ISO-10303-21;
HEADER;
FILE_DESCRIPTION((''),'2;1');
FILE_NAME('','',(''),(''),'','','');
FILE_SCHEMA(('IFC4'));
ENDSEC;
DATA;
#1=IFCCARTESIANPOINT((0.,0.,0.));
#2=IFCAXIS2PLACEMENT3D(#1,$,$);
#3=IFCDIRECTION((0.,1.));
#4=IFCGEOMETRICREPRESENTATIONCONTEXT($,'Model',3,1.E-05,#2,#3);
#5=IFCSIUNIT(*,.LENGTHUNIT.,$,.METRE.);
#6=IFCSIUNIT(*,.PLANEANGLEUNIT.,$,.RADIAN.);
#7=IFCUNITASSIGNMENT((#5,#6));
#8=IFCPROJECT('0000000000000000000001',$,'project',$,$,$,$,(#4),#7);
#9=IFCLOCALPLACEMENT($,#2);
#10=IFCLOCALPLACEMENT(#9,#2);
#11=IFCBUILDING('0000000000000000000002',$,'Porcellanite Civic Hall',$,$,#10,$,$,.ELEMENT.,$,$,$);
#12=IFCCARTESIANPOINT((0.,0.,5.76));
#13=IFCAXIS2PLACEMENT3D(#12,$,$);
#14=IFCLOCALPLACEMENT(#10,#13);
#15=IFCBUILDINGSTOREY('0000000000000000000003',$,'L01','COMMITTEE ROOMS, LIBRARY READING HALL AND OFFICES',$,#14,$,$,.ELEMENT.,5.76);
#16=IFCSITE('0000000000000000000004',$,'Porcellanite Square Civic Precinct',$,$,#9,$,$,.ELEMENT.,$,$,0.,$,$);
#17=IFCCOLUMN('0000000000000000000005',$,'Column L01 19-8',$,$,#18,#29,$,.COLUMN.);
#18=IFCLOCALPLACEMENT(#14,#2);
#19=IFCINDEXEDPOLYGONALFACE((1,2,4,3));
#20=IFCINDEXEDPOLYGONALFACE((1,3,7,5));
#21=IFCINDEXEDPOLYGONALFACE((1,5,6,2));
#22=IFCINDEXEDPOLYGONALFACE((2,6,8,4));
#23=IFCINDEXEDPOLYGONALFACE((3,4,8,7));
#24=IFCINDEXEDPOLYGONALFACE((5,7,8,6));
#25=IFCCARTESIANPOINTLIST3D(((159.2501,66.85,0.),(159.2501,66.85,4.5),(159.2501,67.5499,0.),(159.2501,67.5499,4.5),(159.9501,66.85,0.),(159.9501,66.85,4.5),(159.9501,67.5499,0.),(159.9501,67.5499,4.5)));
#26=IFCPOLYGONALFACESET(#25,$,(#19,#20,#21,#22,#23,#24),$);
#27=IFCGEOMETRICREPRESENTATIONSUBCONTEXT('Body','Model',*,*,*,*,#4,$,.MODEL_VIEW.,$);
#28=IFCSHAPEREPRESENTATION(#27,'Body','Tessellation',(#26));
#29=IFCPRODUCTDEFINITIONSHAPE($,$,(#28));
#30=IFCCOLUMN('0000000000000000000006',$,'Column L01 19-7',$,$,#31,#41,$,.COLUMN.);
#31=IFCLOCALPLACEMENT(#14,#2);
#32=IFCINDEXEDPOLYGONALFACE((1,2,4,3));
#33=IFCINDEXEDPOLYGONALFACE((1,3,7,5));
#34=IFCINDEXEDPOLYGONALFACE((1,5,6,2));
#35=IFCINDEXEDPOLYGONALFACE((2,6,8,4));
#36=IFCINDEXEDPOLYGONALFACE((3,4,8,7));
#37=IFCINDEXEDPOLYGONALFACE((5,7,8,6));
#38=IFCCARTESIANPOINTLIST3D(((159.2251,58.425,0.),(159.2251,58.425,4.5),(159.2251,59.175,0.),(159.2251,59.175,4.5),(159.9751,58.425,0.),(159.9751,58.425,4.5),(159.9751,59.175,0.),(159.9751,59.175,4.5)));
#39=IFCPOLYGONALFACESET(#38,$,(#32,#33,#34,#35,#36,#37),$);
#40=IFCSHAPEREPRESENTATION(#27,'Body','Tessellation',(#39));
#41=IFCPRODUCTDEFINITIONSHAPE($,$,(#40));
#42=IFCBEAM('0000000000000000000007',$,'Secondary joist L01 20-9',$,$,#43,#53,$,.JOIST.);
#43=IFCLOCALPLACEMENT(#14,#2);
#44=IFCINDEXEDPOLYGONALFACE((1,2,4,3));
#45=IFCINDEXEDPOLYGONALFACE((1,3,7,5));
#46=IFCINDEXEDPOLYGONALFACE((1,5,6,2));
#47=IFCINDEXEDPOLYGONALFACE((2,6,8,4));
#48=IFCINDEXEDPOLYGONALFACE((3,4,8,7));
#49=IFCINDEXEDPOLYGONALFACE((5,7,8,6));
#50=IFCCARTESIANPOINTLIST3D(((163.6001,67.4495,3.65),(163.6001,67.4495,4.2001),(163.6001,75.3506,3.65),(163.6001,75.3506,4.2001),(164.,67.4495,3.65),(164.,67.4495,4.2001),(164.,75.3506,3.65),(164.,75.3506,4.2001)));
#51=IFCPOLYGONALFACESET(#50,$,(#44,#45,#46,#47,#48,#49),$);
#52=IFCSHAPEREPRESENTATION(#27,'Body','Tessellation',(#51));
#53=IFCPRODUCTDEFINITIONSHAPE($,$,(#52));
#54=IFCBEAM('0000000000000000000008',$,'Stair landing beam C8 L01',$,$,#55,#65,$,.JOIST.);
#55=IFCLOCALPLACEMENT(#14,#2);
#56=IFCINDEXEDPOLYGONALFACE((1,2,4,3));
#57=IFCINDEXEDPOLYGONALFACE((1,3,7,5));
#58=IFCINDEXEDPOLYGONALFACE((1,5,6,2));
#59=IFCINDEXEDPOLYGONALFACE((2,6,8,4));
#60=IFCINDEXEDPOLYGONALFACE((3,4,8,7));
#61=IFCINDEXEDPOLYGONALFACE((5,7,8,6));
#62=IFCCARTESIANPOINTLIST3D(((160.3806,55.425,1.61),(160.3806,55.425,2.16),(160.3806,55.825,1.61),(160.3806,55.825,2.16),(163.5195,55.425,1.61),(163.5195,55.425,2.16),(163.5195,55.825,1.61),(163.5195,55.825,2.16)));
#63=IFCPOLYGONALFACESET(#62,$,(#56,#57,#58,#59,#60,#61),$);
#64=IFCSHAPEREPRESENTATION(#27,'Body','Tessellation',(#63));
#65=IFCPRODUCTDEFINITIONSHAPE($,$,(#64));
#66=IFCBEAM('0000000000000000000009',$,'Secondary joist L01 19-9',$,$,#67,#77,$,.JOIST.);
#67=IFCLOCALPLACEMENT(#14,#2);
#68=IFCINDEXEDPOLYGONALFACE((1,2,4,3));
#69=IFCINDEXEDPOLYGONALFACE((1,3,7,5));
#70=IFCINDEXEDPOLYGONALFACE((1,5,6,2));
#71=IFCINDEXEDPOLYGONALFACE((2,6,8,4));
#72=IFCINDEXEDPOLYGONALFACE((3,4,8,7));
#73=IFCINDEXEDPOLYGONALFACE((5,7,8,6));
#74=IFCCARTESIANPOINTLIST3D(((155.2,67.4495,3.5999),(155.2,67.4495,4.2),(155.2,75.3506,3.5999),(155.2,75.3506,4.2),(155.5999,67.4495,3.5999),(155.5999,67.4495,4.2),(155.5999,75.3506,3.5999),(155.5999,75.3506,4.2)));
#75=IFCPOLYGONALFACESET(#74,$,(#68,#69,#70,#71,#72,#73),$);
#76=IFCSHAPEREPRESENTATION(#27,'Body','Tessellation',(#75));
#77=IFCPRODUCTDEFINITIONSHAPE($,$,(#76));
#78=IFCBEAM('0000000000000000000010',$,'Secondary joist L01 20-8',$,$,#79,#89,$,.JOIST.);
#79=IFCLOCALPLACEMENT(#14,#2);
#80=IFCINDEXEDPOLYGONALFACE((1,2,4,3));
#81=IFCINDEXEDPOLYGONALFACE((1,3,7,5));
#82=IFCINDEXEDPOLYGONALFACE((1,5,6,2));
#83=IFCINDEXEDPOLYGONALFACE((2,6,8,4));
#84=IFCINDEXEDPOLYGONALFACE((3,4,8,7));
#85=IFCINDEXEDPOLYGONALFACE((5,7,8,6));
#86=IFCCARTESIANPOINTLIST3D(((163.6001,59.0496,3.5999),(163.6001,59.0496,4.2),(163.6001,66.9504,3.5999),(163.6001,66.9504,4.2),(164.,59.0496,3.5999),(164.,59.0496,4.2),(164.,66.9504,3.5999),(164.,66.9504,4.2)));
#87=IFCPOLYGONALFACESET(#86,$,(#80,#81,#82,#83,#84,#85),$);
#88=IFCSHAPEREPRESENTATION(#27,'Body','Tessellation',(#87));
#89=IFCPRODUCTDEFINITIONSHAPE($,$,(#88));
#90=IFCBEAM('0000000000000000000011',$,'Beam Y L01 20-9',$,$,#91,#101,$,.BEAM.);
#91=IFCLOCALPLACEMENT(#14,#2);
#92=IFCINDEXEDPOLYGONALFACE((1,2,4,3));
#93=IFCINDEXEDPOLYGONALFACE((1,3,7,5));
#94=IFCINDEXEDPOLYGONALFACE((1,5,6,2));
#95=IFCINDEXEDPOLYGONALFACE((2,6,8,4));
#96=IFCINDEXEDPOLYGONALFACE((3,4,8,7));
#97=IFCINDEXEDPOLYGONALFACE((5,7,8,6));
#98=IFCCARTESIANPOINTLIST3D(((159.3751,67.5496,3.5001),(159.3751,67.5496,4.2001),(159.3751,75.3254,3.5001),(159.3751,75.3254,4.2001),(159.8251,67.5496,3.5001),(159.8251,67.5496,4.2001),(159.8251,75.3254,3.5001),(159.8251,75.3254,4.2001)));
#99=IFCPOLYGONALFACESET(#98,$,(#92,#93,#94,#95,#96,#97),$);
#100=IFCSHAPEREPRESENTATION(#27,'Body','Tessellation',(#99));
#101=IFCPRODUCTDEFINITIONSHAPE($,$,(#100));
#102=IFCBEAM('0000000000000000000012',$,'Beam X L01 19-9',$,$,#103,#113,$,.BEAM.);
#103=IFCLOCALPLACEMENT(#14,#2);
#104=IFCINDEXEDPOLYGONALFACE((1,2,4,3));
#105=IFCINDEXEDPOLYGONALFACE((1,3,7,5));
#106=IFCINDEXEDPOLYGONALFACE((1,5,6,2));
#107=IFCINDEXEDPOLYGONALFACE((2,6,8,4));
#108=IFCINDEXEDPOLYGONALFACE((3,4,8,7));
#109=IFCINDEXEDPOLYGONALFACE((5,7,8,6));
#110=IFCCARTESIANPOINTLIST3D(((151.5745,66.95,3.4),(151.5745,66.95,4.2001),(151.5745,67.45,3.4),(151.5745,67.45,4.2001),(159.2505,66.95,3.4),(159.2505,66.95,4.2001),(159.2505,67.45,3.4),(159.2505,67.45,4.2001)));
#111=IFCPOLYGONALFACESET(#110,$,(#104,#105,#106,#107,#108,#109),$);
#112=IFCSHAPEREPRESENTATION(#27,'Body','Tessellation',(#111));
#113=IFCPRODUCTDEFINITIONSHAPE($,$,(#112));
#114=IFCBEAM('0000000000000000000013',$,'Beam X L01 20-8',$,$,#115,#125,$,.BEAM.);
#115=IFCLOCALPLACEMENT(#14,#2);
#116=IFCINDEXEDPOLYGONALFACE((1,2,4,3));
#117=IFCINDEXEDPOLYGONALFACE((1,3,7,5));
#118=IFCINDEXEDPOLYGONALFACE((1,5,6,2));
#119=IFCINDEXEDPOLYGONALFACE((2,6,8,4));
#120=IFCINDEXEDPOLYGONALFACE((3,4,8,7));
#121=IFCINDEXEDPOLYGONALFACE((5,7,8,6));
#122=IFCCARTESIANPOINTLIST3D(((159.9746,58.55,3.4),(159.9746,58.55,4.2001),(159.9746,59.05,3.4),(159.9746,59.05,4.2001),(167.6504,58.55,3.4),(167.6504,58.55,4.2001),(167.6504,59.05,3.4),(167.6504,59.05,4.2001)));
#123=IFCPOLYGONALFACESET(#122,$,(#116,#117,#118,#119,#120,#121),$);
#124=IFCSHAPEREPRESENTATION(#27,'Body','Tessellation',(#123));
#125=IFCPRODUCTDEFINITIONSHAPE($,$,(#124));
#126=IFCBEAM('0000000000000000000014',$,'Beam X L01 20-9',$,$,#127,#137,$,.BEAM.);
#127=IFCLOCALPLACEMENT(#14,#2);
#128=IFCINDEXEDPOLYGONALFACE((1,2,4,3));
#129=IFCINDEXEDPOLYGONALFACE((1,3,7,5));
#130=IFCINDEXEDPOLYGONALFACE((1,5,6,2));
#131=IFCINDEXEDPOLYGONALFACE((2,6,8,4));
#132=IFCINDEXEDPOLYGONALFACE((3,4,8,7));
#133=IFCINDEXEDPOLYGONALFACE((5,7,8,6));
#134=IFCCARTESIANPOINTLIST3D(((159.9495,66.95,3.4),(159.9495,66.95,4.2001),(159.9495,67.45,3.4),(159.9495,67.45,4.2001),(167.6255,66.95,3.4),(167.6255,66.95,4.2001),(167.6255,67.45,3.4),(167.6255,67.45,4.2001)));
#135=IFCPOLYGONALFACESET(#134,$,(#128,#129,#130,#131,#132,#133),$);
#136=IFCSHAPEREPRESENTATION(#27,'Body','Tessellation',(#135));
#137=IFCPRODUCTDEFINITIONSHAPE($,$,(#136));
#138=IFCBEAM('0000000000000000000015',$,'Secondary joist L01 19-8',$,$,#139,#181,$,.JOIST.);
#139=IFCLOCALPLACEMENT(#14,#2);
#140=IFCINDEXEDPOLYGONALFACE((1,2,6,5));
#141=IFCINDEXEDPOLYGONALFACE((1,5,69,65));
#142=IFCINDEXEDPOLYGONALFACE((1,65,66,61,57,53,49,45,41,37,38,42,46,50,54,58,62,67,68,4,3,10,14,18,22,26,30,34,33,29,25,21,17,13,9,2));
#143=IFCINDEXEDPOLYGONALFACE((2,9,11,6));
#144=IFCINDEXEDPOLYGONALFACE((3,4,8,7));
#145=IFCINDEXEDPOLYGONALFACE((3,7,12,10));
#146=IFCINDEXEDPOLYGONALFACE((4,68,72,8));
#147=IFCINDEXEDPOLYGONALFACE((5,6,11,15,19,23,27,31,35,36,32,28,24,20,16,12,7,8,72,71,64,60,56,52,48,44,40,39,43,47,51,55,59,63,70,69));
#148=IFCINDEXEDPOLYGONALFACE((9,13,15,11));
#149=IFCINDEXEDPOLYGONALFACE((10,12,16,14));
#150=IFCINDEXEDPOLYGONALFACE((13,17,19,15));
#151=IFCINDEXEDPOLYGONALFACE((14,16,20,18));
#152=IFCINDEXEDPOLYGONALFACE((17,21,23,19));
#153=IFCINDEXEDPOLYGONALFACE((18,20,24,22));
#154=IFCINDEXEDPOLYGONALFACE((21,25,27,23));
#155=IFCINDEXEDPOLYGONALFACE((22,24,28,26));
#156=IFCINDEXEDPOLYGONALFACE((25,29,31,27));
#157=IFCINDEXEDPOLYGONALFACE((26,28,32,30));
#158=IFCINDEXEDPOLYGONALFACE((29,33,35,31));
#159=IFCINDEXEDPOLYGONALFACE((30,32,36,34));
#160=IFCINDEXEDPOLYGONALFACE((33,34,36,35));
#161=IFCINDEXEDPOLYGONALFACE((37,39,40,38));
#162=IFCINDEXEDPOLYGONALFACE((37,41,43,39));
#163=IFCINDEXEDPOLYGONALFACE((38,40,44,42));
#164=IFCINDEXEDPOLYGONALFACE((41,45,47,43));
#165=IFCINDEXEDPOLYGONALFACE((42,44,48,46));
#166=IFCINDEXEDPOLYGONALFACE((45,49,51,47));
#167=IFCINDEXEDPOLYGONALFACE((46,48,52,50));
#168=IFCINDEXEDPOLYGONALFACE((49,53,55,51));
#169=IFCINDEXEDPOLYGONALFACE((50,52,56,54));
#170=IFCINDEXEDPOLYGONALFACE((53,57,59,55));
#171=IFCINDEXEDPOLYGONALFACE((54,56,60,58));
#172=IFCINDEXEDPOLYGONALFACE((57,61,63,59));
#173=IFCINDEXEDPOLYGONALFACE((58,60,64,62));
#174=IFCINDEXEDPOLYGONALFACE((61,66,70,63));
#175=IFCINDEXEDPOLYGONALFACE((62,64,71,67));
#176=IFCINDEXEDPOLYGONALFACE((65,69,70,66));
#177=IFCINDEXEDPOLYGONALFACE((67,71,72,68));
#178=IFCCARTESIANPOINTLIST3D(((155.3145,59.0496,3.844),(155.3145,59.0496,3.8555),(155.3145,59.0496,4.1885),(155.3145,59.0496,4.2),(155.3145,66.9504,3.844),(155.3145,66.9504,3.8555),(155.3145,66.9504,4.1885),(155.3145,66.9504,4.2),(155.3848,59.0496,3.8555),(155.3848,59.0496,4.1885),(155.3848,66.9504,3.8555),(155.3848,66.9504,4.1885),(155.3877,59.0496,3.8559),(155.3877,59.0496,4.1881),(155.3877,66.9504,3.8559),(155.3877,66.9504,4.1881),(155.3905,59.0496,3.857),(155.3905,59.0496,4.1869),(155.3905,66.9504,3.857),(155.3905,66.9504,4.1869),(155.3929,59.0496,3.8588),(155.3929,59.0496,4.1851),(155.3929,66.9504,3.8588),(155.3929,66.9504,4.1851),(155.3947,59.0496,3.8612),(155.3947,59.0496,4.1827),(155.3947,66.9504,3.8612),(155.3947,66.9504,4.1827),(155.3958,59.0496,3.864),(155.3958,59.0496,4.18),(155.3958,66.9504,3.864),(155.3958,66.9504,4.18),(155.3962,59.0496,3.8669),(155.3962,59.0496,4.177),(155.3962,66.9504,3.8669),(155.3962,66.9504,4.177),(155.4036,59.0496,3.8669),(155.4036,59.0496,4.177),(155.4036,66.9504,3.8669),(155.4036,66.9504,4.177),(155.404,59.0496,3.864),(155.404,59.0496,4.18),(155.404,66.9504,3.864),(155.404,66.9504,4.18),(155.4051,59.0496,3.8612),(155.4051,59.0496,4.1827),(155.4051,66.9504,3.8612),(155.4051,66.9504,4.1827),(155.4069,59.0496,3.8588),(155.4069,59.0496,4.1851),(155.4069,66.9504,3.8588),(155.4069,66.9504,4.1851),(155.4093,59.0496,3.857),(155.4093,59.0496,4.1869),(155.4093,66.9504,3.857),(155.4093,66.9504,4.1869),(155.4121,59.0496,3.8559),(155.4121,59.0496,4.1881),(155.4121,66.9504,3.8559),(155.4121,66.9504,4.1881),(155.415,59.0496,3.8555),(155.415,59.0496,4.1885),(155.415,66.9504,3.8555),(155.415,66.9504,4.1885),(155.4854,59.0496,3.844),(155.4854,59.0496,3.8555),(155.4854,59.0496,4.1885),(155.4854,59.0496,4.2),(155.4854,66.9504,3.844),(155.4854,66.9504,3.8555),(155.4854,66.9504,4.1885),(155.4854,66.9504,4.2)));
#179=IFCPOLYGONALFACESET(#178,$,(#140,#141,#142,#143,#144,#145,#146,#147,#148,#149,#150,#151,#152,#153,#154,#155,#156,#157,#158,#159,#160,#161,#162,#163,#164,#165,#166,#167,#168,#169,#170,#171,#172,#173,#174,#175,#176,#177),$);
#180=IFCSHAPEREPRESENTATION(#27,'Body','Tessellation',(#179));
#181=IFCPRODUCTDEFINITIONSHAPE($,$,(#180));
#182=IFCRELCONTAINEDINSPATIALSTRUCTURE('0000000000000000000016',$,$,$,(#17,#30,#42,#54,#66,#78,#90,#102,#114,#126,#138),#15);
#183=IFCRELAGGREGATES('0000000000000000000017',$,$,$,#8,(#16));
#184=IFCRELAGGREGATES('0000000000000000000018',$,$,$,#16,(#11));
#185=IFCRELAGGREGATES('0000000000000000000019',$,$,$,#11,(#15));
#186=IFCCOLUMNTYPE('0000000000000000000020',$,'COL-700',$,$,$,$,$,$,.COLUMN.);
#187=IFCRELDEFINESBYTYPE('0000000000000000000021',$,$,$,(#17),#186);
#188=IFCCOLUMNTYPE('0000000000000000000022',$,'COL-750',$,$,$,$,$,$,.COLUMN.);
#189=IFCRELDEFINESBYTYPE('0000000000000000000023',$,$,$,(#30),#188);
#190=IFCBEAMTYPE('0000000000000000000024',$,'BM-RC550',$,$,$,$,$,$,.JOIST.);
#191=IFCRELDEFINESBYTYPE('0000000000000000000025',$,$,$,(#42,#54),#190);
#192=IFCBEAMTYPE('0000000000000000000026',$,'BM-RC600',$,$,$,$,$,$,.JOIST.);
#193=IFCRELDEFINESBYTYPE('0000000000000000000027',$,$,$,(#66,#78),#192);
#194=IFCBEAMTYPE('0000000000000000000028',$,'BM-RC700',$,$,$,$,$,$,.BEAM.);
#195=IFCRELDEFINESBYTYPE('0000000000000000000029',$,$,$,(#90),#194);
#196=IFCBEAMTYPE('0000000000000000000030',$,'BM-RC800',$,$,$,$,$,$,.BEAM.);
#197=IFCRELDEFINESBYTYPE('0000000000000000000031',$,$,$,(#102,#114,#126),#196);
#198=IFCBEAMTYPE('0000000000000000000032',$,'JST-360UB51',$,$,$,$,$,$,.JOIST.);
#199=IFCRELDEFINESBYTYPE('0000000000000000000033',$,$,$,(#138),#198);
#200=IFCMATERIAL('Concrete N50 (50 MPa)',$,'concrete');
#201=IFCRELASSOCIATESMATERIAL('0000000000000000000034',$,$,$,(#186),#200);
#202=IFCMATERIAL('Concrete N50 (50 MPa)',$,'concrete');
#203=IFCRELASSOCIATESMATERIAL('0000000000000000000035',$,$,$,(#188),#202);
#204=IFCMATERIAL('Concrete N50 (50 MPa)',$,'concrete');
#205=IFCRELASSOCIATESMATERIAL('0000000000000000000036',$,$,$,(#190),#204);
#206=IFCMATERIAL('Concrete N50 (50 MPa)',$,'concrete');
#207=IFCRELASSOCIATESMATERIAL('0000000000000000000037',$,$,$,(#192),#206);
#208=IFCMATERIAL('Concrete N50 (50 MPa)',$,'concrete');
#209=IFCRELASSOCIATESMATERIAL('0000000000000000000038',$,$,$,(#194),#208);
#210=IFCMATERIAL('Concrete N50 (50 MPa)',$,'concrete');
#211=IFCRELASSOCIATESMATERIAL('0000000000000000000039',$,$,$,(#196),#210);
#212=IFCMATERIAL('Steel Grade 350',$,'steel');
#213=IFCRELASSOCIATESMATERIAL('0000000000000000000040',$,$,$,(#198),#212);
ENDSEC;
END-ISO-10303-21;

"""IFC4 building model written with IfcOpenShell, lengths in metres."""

from ifc_helpers import new_model, si_unit, direction, frame, origin, origin_2d, place, context, subcontext, project, spatial, rectangle, i_section, extrude, material, material_profile, profile_set, type_object, element, save


model = new_model("IFC4")

# Units and contexts
model_context = context("Model", 3, precision=1e-05, world=origin(), true_north=direction((0.0, 1.0)))
body_context = subcontext(model_context, "Body", "Model", "MODEL_VIEW")
ifc_project = project(units=[si_unit("LENGTHUNIT", "METRE"), si_unit("PLANEANGLEUNIT", "RADIAN")], contexts=[model_context])

# Site, building, storey
site_placement = place(None, origin())
site = spatial("IfcSite", under=ifc_project, at=site_placement, Name="Porcellanite Square Civic Precinct", CompositionType="ELEMENT", RefElevation=0.0)
building_placement = place(site_placement, origin())
building = spatial("IfcBuilding", under=site, at=building_placement, Name="Porcellanite Civic Hall", CompositionType="ELEMENT")
storey_placement = place(building_placement, frame((0.0, 0.0, 5.76)))
storey = spatial("IfcBuildingStorey", under=building, at=storey_placement, Name="L01", Description="COMMITTEE ROOMS, LIBRARY READING HALL AND OFFICES", CompositionType="ELEMENT", Elevation=5.76)

# Columns
ifc_material_1 = material(Name="Concrete N50 (50 MPa)", Category="concrete")
ifc_material_profile_1 = material_profile(ifc_material_1, rectangle(XDim=0.7, YDim=0.7, at=origin_2d()), Name="RC-700x700")
ifc_profile_set_1 = profile_set([ifc_material_profile_1], Name="Concrete N50 (50 MPa)")
column_type_1 = type_object("IfcColumnType", Name="COL-700", PredefinedType="COLUMN", material=ifc_profile_set_1)
column_1_placement = place(storey_placement, frame((159.6001, 67.2, 0.0), z_axis=(0.0, 0.0, 1.0), x_axis=(1.0, 0.0, 0.0)))
element("IfcColumn", 1, at=column_1_placement, inside=storey, type_object=column_type_1, Name="Column L01 19-8", PredefinedType="COLUMN", context=body_context, shape_type="SweptSolid", body=[
    extrude(rectangle(XDim=0.7, YDim=0.7, at=origin_2d()), origin(), (0.0, 0.0, 1.0), 4.5),
])
ifc_material_2 = material(Name="Concrete N50 (50 MPa)", Category="concrete")
ifc_material_profile_2 = material_profile(ifc_material_2, rectangle(XDim=0.75, YDim=0.75, at=origin_2d()), Name="RC-750x750")
ifc_profile_set_2 = profile_set([ifc_material_profile_2], Name="Concrete N50 (50 MPa)")
column_type_2 = type_object("IfcColumnType", Name="COL-750", PredefinedType="COLUMN", material=ifc_profile_set_2)
column_2_placement = place(storey_placement, frame((159.6001, 58.8, 0.0), z_axis=(0.0, 0.0, 1.0), x_axis=(1.0, 0.0, 0.0)))
element("IfcColumn", 2, at=column_2_placement, inside=storey, type_object=column_type_2, Name="Column L01 19-7", PredefinedType="COLUMN", context=body_context, shape_type="SweptSolid", body=[
    extrude(rectangle(XDim=0.75, YDim=0.75, at=origin_2d()), origin(), (0.0, 0.0, 1.0), 4.5),
])

# Beams
ifc_material_3 = material(Name="Concrete N50 (50 MPa)", Category="concrete")
ifc_material_profile_3 = material_profile(ifc_material_3, rectangle(XDim=0.3999, YDim=0.55, at=origin_2d()), Name="RC-400x550")
ifc_profile_set_3 = profile_set([ifc_material_profile_3], Name="Concrete N50 (50 MPa)")
beam_type_1 = type_object("IfcBeamType", Name="BM-RC550", PredefinedType="JOIST", material=ifc_profile_set_3)
beam_1_placement = place(storey_placement, frame((163.8, 67.4495, 3.925), z_axis=(0.0, 1.0, 0.0), x_axis=(-1.0, 0.0, 0.0)))
element("IfcBeam", 3, at=beam_1_placement, inside=storey, type_object=beam_type_1, Name="Secondary joist L01 20-9", PredefinedType="JOIST", context=body_context, shape_type="SweptSolid", body=[
    extrude(rectangle(XDim=0.3999, YDim=0.55, at=origin_2d()), origin(), (0.0, 0.0, 1.0), 7.9011),
])
beam_2_placement = place(storey_placement, frame((160.3806, 55.625, 1.885), z_axis=(1.0, 0.0, 0.0), x_axis=(0.0, 1.0, 0.0)))
element("IfcBeam", 4, at=beam_2_placement, inside=storey, type_object=beam_type_1, Name="Stair landing beam C8 L01", PredefinedType="JOIST", context=body_context, shape_type="SweptSolid", body=[
    extrude(rectangle(XDim=0.3999, YDim=0.55, at=origin_2d()), origin(), (0.0, 0.0, 1.0), 3.1389),
])
ifc_material_4 = material(Name="Concrete N50 (50 MPa)", Category="concrete")
ifc_material_profile_4 = material_profile(ifc_material_4, rectangle(XDim=0.3999, YDim=0.6001, at=origin_2d()), Name="RC-400x600")
ifc_profile_set_4 = profile_set([ifc_material_profile_4], Name="Concrete N50 (50 MPa)")
beam_type_2 = type_object("IfcBeamType", Name="BM-RC600", PredefinedType="JOIST", material=ifc_profile_set_4)
beam_3_placement = place(storey_placement, frame((155.3999, 67.4495, 3.8999), z_axis=(0.0, 1.0, 0.0), x_axis=(-1.0, 0.0, 0.0)))
element("IfcBeam", 5, at=beam_3_placement, inside=storey, type_object=beam_type_2, Name="Secondary joist L01 19-9", PredefinedType="JOIST", context=body_context, shape_type="SweptSolid", body=[
    extrude(rectangle(XDim=0.3999, YDim=0.6001, at=origin_2d()), origin(), (0.0, 0.0, 1.0), 7.9011),
])
beam_4_placement = place(storey_placement, frame((163.8, 59.0496, 3.8999), z_axis=(0.0, 1.0, 0.0), x_axis=(-1.0, 0.0, 0.0)))
element("IfcBeam", 6, at=beam_4_placement, inside=storey, type_object=beam_type_2, Name="Secondary joist L01 20-8", PredefinedType="JOIST", context=body_context, shape_type="SweptSolid", body=[
    extrude(rectangle(XDim=0.3999, YDim=0.6001, at=origin_2d()), origin(), (0.0, 0.0, 1.0), 7.9009),
])
ifc_material_5 = material(Name="Concrete N50 (50 MPa)", Category="concrete")
ifc_material_profile_5 = material_profile(ifc_material_5, rectangle(XDim=0.45, YDim=0.7, at=origin_2d()), Name="RC-450x700")
ifc_profile_set_5 = profile_set([ifc_material_profile_5], Name="Concrete N50 (50 MPa)")
beam_type_3 = type_object("IfcBeamType", Name="BM-RC700", PredefinedType="BEAM", material=ifc_profile_set_5)
beam_5_placement = place(storey_placement, frame((159.6001, 67.5496, 3.8501), z_axis=(0.0, 1.0, 0.0), x_axis=(-1.0, 0.0, 0.0)))
element("IfcBeam", 7, at=beam_5_placement, inside=storey, type_object=beam_type_3, Name="Beam Y L01 20-9", PredefinedType="BEAM", context=body_context, shape_type="SweptSolid", body=[
    extrude(rectangle(XDim=0.45, YDim=0.7, at=origin_2d()), origin(), (0.0, 0.0, 1.0), 7.7759),
])
ifc_material_6 = material(Name="Concrete N50 (50 MPa)", Category="concrete")
ifc_material_profile_6 = material_profile(ifc_material_6, rectangle(XDim=0.5, YDim=0.8, at=origin_2d()), Name="RC-500x800")
ifc_profile_set_6 = profile_set([ifc_material_profile_6], Name="Concrete N50 (50 MPa)")
beam_type_4 = type_object("IfcBeamType", Name="BM-RC800", PredefinedType="BEAM", material=ifc_profile_set_6)
beam_6_placement = place(storey_placement, frame((151.5745, 67.2, 3.8), z_axis=(1.0, 0.0, 0.0), x_axis=(0.0, 1.0, 0.0)))
element("IfcBeam", 8, at=beam_6_placement, inside=storey, type_object=beam_type_4, Name="Beam X L01 19-9", PredefinedType="BEAM", context=body_context, shape_type="SweptSolid", body=[
    extrude(rectangle(XDim=0.5, YDim=0.8, at=origin_2d()), origin(), (0.0, 0.0, 1.0), 7.676),
])
beam_7_placement = place(storey_placement, frame((159.9746, 58.8, 3.8), z_axis=(1.0, 0.0, 0.0), x_axis=(0.0, 1.0, 0.0)))
element("IfcBeam", 9, at=beam_7_placement, inside=storey, type_object=beam_type_4, Name="Beam X L01 20-8", PredefinedType="BEAM", context=body_context, shape_type="SweptSolid", body=[
    extrude(rectangle(XDim=0.5, YDim=0.8, at=origin_2d()), origin(), (0.0, 0.0, 1.0), 7.6758),
])
beam_8_placement = place(storey_placement, frame((159.9495, 67.2, 3.8), z_axis=(1.0, 0.0, 0.0), x_axis=(0.0, 1.0, 0.0)))
element("IfcBeam", 10, at=beam_8_placement, inside=storey, type_object=beam_type_4, Name="Beam X L01 20-9", PredefinedType="BEAM", context=body_context, shape_type="SweptSolid", body=[
    extrude(rectangle(XDim=0.5, YDim=0.8, at=origin_2d()), origin(), (0.0, 0.0, 1.0), 7.676),
])
ifc_material_7 = material(Name="Steel Grade 350", Category="steel")
ifc_material_profile_7 = material_profile(ifc_material_7, i_section(OverallWidth=0.1709, OverallDepth=0.356, WebThickness=0.0073, FlangeThickness=0.0115, FilletRadius=0.0115, at=origin_2d()), Name="360UB50.7")
ifc_profile_set_7 = profile_set([ifc_material_profile_7], Name="Steel Grade 350")
beam_type_5 = type_object("IfcBeamType", Name="JST-360UB51", PredefinedType="JOIST", material=ifc_profile_set_7)
beam_9_placement = place(storey_placement, frame((155.3999, 59.0496, 4.022), z_axis=(0.0, 1.0, 0.0), x_axis=(-1.0, 0.0, 0.0)))
element("IfcBeam", 11, at=beam_9_placement, inside=storey, type_object=beam_type_5, Name="Secondary joist L01 19-8", PredefinedType="JOIST", context=body_context, shape_type="SweptSolid", body=[
    extrude(i_section(OverallWidth=0.1709, OverallDepth=0.356, WebThickness=0.0073, FlangeThickness=0.0115, FilletRadius=0.0115, at=origin_2d()), origin(), (0.0, 0.0, 1.0), 7.9009),
])

save(model, "model.ifc")
